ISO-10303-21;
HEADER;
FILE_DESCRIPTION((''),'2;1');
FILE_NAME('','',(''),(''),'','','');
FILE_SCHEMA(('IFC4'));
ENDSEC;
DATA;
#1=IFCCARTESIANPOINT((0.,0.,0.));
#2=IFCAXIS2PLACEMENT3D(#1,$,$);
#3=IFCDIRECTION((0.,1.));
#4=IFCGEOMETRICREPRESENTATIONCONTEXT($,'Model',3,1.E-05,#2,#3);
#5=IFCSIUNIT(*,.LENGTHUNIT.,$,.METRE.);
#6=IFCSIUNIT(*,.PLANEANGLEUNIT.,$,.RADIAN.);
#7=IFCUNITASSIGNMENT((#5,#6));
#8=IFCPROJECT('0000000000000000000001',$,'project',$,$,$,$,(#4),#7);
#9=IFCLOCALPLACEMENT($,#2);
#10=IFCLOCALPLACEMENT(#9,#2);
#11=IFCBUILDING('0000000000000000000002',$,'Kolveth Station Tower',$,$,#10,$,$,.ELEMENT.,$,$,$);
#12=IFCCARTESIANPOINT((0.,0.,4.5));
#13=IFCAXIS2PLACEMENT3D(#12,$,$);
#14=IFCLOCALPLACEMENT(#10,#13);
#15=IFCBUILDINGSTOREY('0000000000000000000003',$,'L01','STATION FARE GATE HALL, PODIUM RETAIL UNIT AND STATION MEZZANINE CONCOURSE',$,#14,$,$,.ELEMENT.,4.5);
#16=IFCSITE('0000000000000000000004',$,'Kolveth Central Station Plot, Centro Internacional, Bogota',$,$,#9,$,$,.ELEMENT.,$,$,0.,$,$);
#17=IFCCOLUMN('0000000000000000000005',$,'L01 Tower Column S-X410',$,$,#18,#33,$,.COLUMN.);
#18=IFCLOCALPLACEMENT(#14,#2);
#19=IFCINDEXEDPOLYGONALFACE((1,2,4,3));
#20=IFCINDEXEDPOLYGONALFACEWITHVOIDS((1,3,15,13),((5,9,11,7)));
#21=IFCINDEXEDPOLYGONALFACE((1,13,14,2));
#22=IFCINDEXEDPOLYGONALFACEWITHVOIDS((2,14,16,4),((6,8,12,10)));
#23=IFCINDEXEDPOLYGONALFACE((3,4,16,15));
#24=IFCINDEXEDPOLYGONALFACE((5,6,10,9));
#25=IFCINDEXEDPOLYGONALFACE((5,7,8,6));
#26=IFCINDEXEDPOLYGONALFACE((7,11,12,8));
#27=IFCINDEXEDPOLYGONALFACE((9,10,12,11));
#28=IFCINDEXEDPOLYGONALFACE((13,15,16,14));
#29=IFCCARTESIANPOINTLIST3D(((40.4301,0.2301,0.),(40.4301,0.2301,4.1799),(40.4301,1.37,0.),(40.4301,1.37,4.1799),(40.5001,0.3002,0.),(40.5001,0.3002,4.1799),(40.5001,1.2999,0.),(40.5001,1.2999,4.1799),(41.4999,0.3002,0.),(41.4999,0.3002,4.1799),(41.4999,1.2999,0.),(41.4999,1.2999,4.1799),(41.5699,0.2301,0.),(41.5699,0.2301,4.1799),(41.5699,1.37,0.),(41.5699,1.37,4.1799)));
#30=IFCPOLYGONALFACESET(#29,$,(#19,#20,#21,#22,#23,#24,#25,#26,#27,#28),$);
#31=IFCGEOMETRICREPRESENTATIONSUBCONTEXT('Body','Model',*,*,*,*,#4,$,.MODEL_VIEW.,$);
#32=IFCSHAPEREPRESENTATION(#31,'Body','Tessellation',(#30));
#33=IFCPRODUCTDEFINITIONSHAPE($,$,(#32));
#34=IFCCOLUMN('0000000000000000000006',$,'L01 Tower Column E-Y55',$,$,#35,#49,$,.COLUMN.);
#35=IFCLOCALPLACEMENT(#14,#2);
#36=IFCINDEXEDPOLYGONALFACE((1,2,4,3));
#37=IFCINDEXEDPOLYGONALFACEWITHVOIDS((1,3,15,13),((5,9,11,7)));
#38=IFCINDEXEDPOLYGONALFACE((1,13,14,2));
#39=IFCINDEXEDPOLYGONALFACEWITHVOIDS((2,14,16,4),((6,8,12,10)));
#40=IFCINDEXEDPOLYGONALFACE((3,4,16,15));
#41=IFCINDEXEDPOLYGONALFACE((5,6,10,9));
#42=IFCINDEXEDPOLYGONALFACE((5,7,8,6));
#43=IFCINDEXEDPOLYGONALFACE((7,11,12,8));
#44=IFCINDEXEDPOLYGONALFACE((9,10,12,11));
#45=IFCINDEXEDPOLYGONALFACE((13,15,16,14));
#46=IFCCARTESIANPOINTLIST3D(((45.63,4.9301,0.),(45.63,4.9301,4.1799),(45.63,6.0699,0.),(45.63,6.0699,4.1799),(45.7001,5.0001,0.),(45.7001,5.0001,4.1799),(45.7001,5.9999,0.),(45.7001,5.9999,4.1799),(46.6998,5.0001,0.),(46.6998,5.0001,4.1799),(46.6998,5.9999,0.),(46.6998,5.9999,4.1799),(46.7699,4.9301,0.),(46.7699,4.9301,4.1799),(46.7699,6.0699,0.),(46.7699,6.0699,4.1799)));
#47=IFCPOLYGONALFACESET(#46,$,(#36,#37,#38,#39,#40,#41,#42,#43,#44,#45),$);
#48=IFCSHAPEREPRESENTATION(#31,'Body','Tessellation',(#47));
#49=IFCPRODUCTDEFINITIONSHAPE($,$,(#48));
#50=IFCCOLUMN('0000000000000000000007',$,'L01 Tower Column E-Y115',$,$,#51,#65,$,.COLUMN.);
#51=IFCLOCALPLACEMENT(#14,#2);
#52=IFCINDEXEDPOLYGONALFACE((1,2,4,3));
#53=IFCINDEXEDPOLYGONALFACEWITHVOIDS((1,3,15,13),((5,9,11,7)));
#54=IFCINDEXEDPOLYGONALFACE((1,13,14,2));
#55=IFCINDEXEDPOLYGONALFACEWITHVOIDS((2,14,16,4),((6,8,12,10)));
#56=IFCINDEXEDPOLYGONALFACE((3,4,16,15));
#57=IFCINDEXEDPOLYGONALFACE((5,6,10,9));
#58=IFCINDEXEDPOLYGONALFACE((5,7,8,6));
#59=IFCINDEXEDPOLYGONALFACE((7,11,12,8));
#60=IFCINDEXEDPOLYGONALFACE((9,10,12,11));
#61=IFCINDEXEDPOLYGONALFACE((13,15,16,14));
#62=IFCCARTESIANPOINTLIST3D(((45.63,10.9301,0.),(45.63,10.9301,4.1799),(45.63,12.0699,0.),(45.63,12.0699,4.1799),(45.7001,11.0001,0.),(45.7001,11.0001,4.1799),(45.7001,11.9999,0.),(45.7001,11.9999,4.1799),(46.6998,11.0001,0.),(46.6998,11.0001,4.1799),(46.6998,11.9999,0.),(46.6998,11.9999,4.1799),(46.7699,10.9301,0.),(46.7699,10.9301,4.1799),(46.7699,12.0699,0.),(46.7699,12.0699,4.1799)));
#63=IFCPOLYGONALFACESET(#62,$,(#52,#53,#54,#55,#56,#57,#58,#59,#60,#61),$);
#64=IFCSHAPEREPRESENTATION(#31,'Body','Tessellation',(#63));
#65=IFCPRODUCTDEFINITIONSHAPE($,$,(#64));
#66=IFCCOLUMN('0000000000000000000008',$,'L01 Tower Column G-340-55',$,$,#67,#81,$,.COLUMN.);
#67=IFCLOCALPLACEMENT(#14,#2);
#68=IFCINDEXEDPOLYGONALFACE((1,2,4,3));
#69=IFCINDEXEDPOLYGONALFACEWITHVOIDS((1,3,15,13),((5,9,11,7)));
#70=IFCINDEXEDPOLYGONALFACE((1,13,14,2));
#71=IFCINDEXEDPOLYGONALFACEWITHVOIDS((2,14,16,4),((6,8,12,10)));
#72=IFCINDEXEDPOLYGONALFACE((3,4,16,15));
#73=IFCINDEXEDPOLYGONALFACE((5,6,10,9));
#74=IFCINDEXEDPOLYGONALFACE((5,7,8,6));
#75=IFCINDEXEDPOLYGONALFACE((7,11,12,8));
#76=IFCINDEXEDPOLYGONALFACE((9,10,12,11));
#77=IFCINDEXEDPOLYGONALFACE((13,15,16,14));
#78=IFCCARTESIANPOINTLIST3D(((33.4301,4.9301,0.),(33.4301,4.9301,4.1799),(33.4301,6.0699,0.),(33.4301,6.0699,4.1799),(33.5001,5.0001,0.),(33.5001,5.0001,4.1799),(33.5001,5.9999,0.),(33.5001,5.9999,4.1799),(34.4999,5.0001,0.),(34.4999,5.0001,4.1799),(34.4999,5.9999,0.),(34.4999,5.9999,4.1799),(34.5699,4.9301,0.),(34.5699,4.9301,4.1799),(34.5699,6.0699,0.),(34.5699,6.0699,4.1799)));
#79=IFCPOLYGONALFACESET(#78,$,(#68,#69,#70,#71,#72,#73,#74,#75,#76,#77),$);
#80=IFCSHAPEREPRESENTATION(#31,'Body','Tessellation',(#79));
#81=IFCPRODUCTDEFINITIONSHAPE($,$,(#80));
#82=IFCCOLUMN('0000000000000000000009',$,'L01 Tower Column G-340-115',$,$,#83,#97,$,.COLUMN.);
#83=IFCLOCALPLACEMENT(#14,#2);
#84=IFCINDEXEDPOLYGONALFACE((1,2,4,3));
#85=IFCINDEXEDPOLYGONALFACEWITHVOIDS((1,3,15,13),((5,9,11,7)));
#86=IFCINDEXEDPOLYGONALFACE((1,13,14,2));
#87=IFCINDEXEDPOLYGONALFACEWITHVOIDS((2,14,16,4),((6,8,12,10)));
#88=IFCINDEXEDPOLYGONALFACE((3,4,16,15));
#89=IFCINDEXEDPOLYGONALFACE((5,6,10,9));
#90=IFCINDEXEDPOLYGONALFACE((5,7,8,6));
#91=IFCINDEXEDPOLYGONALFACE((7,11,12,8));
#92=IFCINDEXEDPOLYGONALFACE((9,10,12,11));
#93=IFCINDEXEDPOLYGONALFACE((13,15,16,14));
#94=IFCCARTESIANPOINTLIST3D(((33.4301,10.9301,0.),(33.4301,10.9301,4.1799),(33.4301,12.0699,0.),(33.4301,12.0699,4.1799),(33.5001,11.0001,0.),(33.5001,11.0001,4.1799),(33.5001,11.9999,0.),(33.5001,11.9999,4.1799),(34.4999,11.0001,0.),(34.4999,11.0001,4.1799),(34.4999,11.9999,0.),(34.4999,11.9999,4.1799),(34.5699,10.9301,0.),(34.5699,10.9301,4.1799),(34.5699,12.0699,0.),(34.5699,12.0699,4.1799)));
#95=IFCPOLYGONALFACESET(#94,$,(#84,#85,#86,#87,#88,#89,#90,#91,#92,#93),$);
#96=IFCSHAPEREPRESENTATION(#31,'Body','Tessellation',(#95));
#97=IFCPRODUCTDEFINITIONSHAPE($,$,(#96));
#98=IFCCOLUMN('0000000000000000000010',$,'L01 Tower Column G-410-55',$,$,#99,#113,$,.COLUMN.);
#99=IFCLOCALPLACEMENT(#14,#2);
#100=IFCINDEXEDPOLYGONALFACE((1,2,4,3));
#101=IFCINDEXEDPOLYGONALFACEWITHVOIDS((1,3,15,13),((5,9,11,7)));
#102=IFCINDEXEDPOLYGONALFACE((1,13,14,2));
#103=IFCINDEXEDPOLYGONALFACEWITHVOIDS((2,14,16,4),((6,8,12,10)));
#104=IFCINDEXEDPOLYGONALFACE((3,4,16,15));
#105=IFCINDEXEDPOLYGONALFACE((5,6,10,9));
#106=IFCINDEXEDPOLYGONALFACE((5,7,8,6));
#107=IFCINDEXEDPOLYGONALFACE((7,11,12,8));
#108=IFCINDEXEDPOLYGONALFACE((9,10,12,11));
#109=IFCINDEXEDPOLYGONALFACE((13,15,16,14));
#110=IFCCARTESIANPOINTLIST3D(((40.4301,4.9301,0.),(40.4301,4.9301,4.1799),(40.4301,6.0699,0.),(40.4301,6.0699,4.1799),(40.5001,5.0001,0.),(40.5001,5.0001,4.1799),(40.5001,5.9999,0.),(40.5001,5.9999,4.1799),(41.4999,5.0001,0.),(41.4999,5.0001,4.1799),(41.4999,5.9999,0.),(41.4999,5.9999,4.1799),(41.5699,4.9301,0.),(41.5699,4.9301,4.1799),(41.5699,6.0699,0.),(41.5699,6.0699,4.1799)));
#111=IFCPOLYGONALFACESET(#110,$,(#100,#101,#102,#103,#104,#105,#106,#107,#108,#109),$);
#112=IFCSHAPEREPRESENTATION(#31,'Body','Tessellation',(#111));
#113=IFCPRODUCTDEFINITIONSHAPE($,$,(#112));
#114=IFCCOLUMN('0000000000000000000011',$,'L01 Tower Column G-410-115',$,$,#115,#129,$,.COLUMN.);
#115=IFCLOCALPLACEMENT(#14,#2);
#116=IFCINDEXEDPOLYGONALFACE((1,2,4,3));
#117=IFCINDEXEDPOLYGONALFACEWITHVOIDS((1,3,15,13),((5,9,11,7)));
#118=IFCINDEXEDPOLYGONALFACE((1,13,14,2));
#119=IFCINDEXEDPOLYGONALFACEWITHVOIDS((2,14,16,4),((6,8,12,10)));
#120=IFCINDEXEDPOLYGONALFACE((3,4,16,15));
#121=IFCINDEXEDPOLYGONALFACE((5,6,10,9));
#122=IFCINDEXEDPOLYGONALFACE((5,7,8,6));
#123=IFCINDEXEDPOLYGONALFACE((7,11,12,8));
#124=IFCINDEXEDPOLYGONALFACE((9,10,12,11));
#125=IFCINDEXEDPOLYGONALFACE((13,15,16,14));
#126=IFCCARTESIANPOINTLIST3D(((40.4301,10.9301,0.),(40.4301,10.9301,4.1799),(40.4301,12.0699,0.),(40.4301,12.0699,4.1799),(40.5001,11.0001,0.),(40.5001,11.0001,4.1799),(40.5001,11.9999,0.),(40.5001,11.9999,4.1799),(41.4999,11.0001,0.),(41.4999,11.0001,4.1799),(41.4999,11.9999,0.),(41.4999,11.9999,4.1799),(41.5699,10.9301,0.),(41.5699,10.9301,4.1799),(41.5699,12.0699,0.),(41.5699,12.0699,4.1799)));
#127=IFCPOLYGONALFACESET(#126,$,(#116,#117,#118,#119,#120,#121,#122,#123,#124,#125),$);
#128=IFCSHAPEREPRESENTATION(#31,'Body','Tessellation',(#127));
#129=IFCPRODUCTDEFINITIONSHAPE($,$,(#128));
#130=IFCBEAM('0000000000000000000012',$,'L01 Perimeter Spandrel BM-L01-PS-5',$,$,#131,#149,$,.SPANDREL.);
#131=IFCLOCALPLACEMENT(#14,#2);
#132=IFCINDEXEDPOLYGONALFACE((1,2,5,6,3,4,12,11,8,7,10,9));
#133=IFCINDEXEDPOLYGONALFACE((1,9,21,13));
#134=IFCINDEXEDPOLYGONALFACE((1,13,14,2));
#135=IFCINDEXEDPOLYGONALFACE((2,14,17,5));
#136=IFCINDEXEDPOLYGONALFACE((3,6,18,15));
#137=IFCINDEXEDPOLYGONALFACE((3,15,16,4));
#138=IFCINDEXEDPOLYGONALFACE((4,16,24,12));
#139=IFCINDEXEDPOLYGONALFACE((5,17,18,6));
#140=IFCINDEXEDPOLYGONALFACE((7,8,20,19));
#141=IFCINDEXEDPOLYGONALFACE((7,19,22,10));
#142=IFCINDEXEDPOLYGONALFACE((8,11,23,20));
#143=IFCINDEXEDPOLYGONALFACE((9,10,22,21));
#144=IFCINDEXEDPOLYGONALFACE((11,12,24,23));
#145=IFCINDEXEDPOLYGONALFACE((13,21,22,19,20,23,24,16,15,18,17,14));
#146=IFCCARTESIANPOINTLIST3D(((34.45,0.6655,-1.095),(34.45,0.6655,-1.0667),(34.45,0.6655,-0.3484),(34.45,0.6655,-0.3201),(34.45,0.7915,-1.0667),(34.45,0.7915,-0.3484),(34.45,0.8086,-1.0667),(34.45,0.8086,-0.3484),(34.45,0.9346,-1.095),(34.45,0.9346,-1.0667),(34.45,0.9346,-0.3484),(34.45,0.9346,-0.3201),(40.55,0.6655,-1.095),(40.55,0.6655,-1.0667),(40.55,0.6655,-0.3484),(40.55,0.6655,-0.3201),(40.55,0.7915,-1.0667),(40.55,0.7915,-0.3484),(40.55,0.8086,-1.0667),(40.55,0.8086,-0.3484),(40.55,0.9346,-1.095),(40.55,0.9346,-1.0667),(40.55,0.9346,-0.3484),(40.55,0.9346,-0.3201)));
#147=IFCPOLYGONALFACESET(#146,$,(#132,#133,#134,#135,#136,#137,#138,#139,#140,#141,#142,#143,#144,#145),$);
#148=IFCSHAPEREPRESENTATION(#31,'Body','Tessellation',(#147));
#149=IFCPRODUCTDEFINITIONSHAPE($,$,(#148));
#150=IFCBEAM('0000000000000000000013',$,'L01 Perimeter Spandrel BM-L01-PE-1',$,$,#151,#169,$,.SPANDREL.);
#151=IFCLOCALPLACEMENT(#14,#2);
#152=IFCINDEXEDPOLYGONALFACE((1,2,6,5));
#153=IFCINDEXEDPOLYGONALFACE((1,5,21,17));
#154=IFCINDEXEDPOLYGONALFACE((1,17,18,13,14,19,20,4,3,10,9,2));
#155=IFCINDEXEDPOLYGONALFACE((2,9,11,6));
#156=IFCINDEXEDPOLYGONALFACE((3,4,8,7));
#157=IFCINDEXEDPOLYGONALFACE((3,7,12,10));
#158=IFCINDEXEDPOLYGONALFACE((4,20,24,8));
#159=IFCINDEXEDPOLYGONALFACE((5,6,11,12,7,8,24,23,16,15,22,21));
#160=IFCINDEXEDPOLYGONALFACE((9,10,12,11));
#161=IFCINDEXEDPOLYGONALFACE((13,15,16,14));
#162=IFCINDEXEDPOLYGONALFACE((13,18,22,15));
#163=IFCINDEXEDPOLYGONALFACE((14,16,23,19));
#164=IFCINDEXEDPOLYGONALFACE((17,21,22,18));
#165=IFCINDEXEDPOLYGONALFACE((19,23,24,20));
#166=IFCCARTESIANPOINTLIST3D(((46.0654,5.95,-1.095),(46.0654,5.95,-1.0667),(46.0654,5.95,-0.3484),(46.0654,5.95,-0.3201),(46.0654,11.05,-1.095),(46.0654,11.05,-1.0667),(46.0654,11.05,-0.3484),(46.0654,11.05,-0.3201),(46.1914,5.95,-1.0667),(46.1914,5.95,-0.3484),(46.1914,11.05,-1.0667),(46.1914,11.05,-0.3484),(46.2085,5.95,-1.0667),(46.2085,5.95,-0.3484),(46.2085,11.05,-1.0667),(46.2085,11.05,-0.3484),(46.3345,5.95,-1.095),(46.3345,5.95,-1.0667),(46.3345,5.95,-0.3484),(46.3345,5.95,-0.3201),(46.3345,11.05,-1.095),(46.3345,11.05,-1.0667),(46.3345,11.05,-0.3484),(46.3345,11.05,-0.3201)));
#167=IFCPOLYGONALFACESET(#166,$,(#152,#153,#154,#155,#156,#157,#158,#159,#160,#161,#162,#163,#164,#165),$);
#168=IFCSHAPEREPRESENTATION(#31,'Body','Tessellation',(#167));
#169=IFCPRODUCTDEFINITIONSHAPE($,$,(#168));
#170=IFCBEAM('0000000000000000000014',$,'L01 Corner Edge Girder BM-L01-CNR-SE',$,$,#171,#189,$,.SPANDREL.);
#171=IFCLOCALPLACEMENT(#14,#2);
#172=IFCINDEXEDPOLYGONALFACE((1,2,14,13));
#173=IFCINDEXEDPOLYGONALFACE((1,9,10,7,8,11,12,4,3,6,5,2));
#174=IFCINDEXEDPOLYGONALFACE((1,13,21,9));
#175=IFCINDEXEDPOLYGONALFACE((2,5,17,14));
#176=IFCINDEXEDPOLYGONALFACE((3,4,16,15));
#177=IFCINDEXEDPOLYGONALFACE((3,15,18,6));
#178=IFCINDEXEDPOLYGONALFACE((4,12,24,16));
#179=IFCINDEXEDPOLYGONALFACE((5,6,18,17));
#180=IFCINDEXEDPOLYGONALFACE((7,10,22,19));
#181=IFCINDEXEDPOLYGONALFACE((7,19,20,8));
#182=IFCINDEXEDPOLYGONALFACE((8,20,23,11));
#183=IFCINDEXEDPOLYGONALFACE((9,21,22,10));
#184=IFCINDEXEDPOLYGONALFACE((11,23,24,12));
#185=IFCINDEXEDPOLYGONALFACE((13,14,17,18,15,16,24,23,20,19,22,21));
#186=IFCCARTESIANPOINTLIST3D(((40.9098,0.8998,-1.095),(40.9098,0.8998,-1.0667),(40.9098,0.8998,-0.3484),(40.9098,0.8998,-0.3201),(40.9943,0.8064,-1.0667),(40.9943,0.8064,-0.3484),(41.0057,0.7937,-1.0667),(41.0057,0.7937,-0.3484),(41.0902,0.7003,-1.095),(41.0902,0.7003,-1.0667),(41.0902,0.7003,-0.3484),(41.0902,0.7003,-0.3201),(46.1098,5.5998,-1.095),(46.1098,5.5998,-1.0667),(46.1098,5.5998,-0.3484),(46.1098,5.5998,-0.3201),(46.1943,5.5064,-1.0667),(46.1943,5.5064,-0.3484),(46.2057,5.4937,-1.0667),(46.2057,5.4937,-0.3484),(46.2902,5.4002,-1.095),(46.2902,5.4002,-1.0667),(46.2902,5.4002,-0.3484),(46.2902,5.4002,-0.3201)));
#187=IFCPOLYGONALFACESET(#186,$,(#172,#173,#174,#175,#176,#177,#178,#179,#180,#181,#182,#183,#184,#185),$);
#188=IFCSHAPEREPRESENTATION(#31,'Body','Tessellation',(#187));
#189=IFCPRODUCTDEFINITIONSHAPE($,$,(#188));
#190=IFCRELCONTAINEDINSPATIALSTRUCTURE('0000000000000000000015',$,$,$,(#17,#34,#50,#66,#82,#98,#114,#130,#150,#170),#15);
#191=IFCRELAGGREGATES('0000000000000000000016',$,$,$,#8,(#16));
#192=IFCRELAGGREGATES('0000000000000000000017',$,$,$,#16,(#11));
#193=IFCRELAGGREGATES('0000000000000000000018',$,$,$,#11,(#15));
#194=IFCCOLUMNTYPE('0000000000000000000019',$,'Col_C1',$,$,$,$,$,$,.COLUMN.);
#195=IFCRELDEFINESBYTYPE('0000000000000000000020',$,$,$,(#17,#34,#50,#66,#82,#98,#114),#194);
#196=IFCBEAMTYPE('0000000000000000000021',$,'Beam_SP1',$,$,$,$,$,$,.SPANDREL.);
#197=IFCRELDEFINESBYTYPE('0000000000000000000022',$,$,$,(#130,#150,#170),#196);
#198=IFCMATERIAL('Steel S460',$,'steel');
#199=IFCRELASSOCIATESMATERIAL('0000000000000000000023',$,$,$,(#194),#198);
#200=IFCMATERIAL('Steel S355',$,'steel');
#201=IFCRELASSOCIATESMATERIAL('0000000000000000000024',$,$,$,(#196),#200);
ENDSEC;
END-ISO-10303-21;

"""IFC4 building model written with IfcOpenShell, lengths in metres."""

from ifc_helpers import new_model, si_unit, direction, frame, origin, origin_2d, place, context, subcontext, project, spatial, hollow_rectangle, i_section, extrude, source, transform, mapped, material, material_profile, profile_set, type_object, element, save


model = new_model("IFC4")

# Units and contexts
model_context = context("Model", 3, precision=1e-05, world=origin(), true_north=direction((0.0, 1.0)))
body_context = subcontext(model_context, "Body", "Model", "MODEL_VIEW")
ifc_project = project(units=[si_unit("LENGTHUNIT", "METRE"), si_unit("PLANEANGLEUNIT", "RADIAN")], contexts=[model_context])

# Site, building, storey
site_placement = place(None, origin())
site = spatial("IfcSite", under=ifc_project, at=site_placement, Name="Kolveth Central Station Plot, Centro Internacional, Bogota", CompositionType="ELEMENT", RefElevation=0.0)
building_placement = place(site_placement, origin())
building = spatial("IfcBuilding", under=site, at=building_placement, Name="Kolveth Station Tower", CompositionType="ELEMENT")
storey_placement = place(building_placement, frame((0.0, 0.0, 4.5)))
storey = spatial("IfcBuildingStorey", under=building, at=storey_placement, Name="L01", Description="STATION FARE GATE HALL, PODIUM RETAIL UNIT AND STATION MEZZANINE CONCOURSE", CompositionType="ELEMENT", Elevation=4.5)

# Columns
ifc_material_1 = material(Name="Steel S460", Category="steel")
ifc_material_profile_1 = material_profile(ifc_material_1, hollow_rectangle(XDim=1.1399, YDim=1.1399, WallThickness=0.0701, at=origin_2d()), Name="BOX1140x1140x70")
ifc_profile_set_1 = profile_set([ifc_material_profile_1], Name="Steel S460")
column_type = type_object("IfcColumnType", Name="Col_C1", PredefinedType="COLUMN", material=ifc_profile_set_1)
shared_shape_1 = source(origin(), body_context, "Body", "SweptSolid", [
    extrude(hollow_rectangle(XDim=1.1399, YDim=1.1399, WallThickness=0.0701, at=origin_2d()), origin(), (0.0, 0.0, 1.0), 4.1799),
])
for number, where, z_axis, x_axis, name in (
    (1, (41.0, 0.8, 0.0), (0.0, 0.0, 1.0), (1.0, 0.0, 0.0), "L01 Tower Column S-X410"),
    (2, (46.2, 5.5, 0.0), (0.0, 0.0, 1.0), (1.0, 0.0, 0.0), "L01 Tower Column E-Y55"),
    (3, (46.2, 11.5, 0.0), (0.0, 0.0, 1.0), (1.0, 0.0, 0.0), "L01 Tower Column E-Y115"),
    (4, (34.0, 5.5, 0.0), (0.0, 0.0, 1.0), (1.0, 0.0, 0.0), "L01 Tower Column G-340-55"),
    (5, (34.0, 11.5, 0.0), (0.0, 0.0, 1.0), (1.0, 0.0, 0.0), "L01 Tower Column G-340-115"),
    (6, (41.0, 5.5, 0.0), (0.0, 0.0, 1.0), (1.0, 0.0, 0.0), "L01 Tower Column G-410-55"),
    (7, (41.0, 11.5, 0.0), (0.0, 0.0, 1.0), (1.0, 0.0, 0.0), "L01 Tower Column G-410-115"),
):
    element("IfcColumn", number, at=place(storey_placement, frame(where, z_axis=z_axis, x_axis=x_axis)), inside=storey, type_object=column_type, Name=name, PredefinedType="COLUMN", context=body_context, shape_type="MappedRepresentation", body=[
        mapped(shared_shape_1, transform((0.0, 0.0, 0.0), x_axis=(1.0, 0.0, 0.0), y_axis=(0.0, 1.0, 0.0), z_axis=(0.0, 0.0, 1.0), scale=1.0)),
    ])

# Beams
ifc_material_2 = material(Name="Steel S355", Category="steel")
ifc_material_profile_2 = material_profile(ifc_material_2, i_section(OverallWidth=0.269, OverallDepth=0.7749, WebThickness=0.0171, FlangeThickness=0.0283, at=origin_2d()), Name="W760x220")
ifc_profile_set_2 = profile_set([ifc_material_profile_2], Name="Steel S355")
beam_type_1 = type_object("IfcBeamType", Name="Beam_SP1", PredefinedType="SPANDREL", material=ifc_profile_set_2)
shared_shape_2 = source(origin(), body_context, "Body", "SweptSolid", [
    extrude(i_section(OverallWidth=0.269, OverallDepth=0.7749, WebThickness=0.0171, FlangeThickness=0.0283, at=origin_2d()), origin(), (0.0, 0.0, 1.0), 6.1001),
])
beam_1_placement = place(storey_placement, frame((34.45, 0.8, -0.7075), z_axis=(1.0, 0.0, 0.0), x_axis=(0.0, 1.0, 0.0)))
element("IfcBeam", 8, at=beam_1_placement, inside=storey, type_object=beam_type_1, Name="L01 Perimeter Spandrel BM-L01-PS-5", PredefinedType="SPANDREL", context=body_context, shape_type="MappedRepresentation", body=[
    mapped(shared_shape_2, transform((0.0, 0.0, 0.0), x_axis=(1.0, 0.0, 0.0), y_axis=(0.0, 1.0, 0.0), z_axis=(0.0, 0.0, 1.0), scale=1.0)),
])
shared_shape_3 = source(origin(), body_context, "Body", "SweptSolid", [
    extrude(i_section(OverallWidth=0.269, OverallDepth=0.7749, WebThickness=0.0171, FlangeThickness=0.0283, at=origin_2d()), origin(), (0.0, 0.0, 1.0), 5.1001),
])
beam_2_placement = place(storey_placement, frame((46.2, 5.95, -0.7075), z_axis=(0.0, 1.0, 0.0), x_axis=(-1.0, 0.0, 0.0)))
element("IfcBeam", 9, at=beam_2_placement, inside=storey, type_object=beam_type_1, Name="L01 Perimeter Spandrel BM-L01-PE-1", PredefinedType="SPANDREL", context=body_context, shape_type="MappedRepresentation", body=[
    mapped(shared_shape_3, transform((0.0, 0.0, 0.0), x_axis=(1.0, 0.0, 0.0), y_axis=(0.0, 1.0, 0.0), z_axis=(0.0, 0.0, 1.0), scale=1.0)),
])
shared_shape_4 = source(origin(), body_context, "Body", "SweptSolid", [
    extrude(i_section(OverallWidth=0.269, OverallDepth=0.7749, WebThickness=0.0171, FlangeThickness=0.0283, at=origin_2d()), origin(), (0.0, 0.0, 1.0), 7.0093),
])
beam_3_placement = place(storey_placement, frame((41.0, 0.8, -0.7075), z_axis=(0.741874, 0.670539, 0.0), x_axis=(-0.670539, 0.741874, 0.0)))
element("IfcBeam", 10, at=beam_3_placement, inside=storey, type_object=beam_type_1, Name="L01 Corner Edge Girder BM-L01-CNR-SE", PredefinedType="SPANDREL", context=body_context, shape_type="MappedRepresentation", body=[
    mapped(shared_shape_4, transform((0.0, 0.0, 0.0), x_axis=(1.0, 0.0, 0.0), y_axis=(0.0, 1.0, 0.0), z_axis=(0.0, 0.0, 1.0), scale=1.0)),
])

save(model, "model.ifc")
